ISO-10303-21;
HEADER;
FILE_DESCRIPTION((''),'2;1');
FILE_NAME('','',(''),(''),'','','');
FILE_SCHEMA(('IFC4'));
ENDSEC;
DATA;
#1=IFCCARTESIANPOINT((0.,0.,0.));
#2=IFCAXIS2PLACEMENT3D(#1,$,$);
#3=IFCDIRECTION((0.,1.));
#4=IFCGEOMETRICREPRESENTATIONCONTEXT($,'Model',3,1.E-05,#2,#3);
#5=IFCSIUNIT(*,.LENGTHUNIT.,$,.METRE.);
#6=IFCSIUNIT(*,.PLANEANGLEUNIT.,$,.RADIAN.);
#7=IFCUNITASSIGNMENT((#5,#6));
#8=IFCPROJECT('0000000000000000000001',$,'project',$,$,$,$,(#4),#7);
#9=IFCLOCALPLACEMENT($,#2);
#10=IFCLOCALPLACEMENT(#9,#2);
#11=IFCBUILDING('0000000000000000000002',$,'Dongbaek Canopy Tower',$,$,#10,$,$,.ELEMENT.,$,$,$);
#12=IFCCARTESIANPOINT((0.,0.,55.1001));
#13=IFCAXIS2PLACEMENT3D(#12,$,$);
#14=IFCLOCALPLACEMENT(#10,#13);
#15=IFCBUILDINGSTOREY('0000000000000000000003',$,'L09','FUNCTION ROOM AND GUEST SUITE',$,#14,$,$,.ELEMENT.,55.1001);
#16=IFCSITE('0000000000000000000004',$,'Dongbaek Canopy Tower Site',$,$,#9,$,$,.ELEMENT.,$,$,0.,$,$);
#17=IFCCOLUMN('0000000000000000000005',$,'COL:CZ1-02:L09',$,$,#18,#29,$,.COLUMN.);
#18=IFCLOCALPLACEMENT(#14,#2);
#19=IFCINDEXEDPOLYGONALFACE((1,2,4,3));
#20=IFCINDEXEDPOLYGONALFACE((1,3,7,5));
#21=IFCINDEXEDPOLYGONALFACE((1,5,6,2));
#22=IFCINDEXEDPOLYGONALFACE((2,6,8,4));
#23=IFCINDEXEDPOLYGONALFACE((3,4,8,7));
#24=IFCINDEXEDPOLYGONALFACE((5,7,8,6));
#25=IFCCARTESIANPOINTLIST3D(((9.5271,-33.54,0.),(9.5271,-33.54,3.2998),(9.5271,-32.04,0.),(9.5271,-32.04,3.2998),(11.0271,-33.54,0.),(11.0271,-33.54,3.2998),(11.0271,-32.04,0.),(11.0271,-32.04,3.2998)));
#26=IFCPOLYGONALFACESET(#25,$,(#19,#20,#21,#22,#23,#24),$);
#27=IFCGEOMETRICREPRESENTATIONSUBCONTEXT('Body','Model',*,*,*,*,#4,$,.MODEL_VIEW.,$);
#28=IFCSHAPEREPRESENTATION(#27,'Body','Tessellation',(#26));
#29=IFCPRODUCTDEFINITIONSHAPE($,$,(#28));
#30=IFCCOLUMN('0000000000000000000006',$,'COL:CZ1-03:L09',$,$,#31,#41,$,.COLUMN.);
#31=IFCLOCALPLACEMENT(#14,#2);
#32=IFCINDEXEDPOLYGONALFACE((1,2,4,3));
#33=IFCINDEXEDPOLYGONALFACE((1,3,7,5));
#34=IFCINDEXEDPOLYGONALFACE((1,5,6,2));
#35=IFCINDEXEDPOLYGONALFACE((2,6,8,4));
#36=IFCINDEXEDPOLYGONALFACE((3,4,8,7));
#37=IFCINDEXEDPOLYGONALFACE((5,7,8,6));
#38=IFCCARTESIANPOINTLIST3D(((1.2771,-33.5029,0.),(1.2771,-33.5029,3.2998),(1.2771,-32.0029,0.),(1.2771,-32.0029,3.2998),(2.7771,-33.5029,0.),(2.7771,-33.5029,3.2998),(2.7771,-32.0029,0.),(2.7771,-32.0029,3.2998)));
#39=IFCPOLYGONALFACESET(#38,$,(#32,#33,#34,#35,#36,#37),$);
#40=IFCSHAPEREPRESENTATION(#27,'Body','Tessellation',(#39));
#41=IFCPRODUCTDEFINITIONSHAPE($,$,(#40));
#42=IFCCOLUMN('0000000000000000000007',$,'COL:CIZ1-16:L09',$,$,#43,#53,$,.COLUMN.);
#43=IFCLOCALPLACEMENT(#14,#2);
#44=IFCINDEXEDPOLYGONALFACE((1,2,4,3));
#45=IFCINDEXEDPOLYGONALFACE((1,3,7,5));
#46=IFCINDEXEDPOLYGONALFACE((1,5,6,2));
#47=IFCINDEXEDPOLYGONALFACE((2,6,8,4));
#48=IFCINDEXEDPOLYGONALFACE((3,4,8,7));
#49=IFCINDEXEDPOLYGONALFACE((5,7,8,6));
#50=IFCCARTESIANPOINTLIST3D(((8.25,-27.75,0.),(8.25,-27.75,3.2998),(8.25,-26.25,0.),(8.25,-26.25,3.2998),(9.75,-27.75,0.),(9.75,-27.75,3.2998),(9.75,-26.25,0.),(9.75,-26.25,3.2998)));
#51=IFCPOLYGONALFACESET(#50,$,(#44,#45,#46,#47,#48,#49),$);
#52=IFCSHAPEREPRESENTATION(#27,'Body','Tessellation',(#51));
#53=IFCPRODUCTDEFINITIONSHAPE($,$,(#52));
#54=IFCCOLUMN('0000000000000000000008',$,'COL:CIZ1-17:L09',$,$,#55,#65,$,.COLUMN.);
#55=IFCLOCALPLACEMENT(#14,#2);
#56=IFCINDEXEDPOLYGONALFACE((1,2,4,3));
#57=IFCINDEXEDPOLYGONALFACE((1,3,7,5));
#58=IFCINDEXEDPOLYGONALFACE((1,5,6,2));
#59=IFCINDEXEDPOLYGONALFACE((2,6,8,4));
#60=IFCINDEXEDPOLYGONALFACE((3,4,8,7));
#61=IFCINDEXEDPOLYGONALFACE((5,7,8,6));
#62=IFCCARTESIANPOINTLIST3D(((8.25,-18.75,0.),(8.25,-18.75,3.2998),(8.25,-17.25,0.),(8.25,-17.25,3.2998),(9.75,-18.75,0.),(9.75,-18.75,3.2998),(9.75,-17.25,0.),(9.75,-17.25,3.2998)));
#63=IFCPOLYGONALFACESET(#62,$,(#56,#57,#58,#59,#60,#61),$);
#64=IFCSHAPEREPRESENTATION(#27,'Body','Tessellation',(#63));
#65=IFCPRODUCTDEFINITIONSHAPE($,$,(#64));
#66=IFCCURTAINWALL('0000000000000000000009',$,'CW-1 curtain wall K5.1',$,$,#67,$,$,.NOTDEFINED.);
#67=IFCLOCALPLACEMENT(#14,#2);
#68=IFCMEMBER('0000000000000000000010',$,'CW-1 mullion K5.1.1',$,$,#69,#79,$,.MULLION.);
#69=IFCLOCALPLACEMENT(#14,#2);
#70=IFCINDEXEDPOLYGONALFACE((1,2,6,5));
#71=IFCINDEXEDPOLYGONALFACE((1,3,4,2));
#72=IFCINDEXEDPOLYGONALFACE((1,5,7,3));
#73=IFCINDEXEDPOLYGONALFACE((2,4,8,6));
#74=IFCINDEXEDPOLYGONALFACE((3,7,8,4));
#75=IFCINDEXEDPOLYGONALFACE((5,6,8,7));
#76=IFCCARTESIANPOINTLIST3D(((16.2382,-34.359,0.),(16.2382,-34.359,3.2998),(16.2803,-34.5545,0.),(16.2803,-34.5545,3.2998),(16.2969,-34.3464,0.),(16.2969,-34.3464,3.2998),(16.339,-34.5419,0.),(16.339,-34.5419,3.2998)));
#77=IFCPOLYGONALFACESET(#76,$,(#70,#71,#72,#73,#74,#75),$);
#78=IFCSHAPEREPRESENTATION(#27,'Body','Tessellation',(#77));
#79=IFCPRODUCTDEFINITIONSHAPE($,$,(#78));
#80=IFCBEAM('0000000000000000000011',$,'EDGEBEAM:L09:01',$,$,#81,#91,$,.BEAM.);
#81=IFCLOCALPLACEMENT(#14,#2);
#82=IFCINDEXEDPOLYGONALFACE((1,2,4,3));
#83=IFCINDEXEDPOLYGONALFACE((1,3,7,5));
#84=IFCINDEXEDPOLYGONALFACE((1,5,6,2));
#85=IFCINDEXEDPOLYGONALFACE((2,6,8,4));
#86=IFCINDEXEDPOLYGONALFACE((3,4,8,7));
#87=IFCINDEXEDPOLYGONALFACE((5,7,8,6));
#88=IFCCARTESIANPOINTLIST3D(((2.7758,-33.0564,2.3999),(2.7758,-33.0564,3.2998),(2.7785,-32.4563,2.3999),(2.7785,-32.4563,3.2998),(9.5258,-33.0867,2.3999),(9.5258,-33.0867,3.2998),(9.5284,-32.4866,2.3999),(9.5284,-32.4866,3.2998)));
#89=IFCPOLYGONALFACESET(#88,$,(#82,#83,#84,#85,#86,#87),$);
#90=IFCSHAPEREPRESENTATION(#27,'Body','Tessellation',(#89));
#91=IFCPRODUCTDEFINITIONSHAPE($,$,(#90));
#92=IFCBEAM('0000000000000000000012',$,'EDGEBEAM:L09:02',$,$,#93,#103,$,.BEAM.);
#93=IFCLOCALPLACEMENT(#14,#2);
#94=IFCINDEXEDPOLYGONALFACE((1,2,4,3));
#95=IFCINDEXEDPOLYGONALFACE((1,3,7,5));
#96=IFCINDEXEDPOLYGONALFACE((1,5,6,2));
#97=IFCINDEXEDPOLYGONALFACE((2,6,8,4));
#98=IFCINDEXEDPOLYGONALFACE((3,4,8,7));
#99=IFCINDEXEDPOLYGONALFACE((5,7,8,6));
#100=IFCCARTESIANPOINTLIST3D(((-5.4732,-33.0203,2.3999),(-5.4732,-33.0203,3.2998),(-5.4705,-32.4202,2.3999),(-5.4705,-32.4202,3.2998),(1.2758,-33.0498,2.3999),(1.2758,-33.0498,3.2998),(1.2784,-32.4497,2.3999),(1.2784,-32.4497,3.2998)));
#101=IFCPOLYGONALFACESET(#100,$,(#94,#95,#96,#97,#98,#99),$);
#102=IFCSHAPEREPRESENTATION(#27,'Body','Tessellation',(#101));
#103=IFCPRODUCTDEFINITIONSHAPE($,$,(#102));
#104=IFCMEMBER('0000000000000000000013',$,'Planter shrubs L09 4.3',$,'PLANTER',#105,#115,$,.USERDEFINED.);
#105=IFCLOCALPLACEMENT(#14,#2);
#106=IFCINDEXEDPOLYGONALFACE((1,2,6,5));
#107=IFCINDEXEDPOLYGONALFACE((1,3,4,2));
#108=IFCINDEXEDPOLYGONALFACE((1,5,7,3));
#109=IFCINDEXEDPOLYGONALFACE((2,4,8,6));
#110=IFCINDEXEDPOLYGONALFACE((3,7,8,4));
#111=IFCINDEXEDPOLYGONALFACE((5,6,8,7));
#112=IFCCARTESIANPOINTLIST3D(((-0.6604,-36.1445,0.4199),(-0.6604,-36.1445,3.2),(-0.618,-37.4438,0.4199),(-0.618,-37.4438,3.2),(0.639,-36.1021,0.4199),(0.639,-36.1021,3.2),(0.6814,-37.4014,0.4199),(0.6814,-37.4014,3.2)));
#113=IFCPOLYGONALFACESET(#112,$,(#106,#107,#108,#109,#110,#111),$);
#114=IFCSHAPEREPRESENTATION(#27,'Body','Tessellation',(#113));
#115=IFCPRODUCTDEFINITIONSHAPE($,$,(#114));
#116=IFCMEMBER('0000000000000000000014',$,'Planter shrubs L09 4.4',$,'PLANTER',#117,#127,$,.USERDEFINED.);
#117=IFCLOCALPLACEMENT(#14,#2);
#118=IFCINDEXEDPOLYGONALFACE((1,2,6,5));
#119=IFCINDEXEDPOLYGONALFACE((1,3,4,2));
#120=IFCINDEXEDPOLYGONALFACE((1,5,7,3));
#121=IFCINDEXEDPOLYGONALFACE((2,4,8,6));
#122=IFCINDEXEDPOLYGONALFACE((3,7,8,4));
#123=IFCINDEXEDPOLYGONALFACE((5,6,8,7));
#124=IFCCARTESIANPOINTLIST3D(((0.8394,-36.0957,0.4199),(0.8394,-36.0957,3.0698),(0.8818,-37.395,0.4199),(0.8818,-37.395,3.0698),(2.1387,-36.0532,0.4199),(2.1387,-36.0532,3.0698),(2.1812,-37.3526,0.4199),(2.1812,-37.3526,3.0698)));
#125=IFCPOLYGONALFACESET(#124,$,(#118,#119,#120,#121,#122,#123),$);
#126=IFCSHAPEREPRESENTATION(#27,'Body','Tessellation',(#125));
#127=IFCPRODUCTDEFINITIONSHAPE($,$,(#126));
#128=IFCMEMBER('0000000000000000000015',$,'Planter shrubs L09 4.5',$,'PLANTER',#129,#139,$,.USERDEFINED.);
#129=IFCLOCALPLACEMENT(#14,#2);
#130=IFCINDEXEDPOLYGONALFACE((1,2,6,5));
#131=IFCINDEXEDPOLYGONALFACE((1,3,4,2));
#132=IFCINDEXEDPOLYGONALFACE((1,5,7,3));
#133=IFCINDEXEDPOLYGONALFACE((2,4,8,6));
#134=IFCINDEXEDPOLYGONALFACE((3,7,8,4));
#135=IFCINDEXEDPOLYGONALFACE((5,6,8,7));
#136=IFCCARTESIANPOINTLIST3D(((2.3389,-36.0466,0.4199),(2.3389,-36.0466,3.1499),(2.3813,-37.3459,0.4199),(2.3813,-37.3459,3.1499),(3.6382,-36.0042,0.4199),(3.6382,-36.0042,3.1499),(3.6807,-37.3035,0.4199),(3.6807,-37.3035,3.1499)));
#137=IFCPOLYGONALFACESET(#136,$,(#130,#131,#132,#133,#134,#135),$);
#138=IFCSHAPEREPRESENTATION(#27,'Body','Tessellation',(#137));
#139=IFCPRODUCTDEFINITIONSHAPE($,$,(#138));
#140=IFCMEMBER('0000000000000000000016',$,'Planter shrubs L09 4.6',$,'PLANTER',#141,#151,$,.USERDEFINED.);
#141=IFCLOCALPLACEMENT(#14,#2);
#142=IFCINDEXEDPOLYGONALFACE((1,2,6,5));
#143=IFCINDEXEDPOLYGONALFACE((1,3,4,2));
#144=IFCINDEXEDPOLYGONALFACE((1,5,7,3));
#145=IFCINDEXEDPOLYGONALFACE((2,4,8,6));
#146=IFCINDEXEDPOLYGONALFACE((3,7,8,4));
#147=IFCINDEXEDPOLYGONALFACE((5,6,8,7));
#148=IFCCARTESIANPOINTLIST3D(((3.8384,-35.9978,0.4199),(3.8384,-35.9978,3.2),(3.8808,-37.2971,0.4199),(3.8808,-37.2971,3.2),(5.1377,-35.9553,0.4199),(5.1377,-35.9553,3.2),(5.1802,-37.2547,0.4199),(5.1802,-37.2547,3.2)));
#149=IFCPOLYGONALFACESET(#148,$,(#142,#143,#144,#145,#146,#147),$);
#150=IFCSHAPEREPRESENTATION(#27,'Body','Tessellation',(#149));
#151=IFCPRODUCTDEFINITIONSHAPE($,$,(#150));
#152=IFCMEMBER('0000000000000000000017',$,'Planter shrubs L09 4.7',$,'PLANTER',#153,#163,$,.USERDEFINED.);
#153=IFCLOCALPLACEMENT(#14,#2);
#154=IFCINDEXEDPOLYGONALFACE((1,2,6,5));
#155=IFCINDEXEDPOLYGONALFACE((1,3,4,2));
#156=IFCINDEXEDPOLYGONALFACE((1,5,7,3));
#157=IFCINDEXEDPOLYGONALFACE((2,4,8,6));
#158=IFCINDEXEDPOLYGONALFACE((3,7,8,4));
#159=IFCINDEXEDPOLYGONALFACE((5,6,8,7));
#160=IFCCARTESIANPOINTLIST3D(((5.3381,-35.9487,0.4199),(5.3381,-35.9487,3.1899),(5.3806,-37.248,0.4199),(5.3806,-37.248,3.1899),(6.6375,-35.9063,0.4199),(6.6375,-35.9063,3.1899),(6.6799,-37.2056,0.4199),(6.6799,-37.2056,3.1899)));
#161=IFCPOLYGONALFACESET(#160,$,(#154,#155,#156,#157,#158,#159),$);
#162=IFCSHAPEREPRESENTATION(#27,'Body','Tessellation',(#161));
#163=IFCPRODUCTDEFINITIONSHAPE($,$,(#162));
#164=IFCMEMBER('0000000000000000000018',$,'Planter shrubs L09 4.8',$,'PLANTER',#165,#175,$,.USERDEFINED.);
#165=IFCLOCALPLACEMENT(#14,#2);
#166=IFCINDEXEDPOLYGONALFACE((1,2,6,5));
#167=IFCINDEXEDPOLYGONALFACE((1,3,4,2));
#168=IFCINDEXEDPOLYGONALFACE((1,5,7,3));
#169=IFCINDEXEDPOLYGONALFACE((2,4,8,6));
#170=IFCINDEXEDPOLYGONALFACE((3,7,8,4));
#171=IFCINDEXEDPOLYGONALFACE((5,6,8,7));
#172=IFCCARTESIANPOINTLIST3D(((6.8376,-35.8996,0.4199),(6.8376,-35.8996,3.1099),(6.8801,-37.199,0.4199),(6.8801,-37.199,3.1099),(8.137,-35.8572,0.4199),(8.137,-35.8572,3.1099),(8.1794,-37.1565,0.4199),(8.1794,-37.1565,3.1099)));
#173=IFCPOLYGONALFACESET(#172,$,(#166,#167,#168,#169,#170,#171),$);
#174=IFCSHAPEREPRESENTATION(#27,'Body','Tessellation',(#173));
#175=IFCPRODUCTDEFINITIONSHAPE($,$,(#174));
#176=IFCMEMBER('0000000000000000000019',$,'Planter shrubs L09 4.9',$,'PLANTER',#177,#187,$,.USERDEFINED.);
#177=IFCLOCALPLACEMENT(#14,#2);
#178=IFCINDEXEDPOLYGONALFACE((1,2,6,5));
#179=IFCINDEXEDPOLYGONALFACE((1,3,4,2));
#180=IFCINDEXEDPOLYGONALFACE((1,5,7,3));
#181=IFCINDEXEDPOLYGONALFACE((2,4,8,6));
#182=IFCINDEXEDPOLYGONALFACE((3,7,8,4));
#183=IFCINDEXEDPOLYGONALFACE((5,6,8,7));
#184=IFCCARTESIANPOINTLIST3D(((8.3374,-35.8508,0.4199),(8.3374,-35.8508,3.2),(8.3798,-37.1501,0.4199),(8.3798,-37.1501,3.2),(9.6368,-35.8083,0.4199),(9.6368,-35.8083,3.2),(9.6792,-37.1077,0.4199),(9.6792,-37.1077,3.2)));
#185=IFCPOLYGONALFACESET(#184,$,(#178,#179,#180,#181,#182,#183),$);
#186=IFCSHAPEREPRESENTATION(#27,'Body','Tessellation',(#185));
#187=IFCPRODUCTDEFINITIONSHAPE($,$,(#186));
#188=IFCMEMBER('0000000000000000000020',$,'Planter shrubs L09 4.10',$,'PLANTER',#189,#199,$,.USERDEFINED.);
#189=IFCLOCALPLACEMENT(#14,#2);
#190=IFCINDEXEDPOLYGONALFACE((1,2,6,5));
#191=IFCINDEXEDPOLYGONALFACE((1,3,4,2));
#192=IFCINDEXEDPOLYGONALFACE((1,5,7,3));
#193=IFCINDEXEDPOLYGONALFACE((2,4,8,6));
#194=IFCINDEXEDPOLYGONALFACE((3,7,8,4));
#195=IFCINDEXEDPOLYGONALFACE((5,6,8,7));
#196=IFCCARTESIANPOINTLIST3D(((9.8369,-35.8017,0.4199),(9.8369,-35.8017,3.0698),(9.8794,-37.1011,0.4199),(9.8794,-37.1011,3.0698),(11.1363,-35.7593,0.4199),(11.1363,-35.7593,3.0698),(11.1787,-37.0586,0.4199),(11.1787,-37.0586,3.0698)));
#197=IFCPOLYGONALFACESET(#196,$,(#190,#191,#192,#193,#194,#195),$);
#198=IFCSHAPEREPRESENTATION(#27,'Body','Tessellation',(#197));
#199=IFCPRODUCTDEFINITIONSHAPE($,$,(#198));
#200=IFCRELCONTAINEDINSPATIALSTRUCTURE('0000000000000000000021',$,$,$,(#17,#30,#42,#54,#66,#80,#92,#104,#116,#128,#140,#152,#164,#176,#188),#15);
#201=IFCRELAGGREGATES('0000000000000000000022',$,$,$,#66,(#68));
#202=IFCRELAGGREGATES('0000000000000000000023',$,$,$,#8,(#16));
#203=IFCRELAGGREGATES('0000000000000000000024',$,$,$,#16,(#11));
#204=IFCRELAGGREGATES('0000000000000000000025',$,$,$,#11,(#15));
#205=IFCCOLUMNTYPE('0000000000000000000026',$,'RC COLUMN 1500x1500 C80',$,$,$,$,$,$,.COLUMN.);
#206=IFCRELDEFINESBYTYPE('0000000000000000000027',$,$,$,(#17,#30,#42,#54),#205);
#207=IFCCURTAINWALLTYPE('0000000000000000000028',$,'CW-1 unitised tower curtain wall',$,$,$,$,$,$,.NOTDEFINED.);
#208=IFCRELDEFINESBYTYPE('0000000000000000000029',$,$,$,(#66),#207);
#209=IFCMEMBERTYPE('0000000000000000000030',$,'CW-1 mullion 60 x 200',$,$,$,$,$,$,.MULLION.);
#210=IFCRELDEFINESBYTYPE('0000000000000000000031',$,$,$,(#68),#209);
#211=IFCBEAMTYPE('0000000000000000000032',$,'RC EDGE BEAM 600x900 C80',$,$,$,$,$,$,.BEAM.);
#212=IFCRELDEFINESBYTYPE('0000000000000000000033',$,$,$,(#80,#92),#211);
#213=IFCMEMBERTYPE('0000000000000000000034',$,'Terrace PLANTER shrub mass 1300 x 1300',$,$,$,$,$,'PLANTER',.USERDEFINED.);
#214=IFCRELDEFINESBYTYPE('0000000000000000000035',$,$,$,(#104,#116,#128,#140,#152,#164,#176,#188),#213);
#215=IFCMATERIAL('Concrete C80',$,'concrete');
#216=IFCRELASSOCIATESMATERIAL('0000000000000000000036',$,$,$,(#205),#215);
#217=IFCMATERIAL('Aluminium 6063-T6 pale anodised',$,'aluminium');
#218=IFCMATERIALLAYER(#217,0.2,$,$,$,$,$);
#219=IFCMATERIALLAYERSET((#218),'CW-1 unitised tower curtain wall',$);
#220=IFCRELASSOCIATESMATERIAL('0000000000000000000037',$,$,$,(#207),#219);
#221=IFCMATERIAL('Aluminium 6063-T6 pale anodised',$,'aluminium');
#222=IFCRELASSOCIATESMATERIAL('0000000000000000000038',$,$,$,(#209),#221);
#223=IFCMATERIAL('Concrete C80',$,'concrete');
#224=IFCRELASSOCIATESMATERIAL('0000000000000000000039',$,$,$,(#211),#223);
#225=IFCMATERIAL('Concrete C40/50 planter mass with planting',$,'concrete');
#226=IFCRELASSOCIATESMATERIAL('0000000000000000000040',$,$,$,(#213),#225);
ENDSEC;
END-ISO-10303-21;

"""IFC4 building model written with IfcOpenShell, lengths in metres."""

from ifc_helpers import new_model, si_unit, direction, frame, origin, origin_2d, place, context, subcontext, project, spatial, rectangle, extrude, material, layer, layer_set, material_profile, profile_set, type_object, element, aggregate, save


model = new_model("IFC4")

# Units and contexts
model_context = context("Model", 3, precision=1e-05, world=origin(), true_north=direction((0.0, 1.0)))
body_context = subcontext(model_context, "Body", "Model", "MODEL_VIEW")
ifc_project = project(units=[si_unit("LENGTHUNIT", "METRE"), si_unit("PLANEANGLEUNIT", "RADIAN")], contexts=[model_context])

# Site, building, storey
site_placement = place(None, origin())
site = spatial("IfcSite", under=ifc_project, at=site_placement, Name="Dongbaek Canopy Tower Site", CompositionType="ELEMENT", RefElevation=0.0)
building_placement = place(site_placement, origin())
building = spatial("IfcBuilding", under=site, at=building_placement, Name="Dongbaek Canopy Tower", CompositionType="ELEMENT")
storey_placement = place(building_placement, frame((0.0, 0.0, 55.1001)))
storey = spatial("IfcBuildingStorey", under=building, at=storey_placement, Name="L09", Description="FUNCTION ROOM AND GUEST SUITE", CompositionType="ELEMENT", Elevation=55.1001)

# Columns
ifc_material_1 = material(Name="Concrete C80", Category="concrete")
ifc_material_profile_1 = material_profile(ifc_material_1, rectangle(XDim=1.5, YDim=1.5, at=origin_2d()), Name="RC COLUMN 1500x1500 C80")
ifc_profile_set_1 = profile_set([ifc_material_profile_1], Name="Concrete C80")
column_type = type_object("IfcColumnType", Name="RC COLUMN 1500x1500 C80", PredefinedType="COLUMN", material=ifc_profile_set_1)
for number, where, z_axis, x_axis, name in (
    (1, (10.2771, -32.79, 0.0), (0.0, 0.0, 1.0), (1.0, 0.0, 0.0), "COL:CZ1-02:L09"),
    (2, (2.0271, -32.7529, 0.0), (0.0, 0.0, 1.0), (1.0, 0.0, 0.0), "COL:CZ1-03:L09"),
    (3, (9.0, -27.0, 0.0), (0.0, 0.0, 1.0), (1.0, 0.0, 0.0), "COL:CIZ1-16:L09"),
    (4, (9.0, -18.0, 0.0), (0.0, 0.0, 1.0), (1.0, 0.0, 0.0), "COL:CIZ1-17:L09"),
):
    element("IfcColumn", number, at=place(storey_placement, frame(where, z_axis=z_axis, x_axis=x_axis)), inside=storey, type_object=column_type, Name=name, PredefinedType="COLUMN", context=body_context, shape_type="SweptSolid", body=[
        extrude(rectangle(XDim=1.5, YDim=1.5, at=origin_2d()), origin(), (0.0, 0.0, 1.0), 3.2998),
    ])

# Curtain wall, member
ifc_material_2 = material(Name="Aluminium 6063-T6 pale anodised", Category="aluminium")
ifc_layer_1 = layer(ifc_material_2, 0.2)
ifc_layer_set_1 = layer_set([ifc_layer_1], Name="CW-1 unitised tower curtain wall")
curtain_wall_type = type_object("IfcCurtainWallType", Name="CW-1 unitised tower curtain wall", PredefinedType="NOTDEFINED", material=ifc_layer_set_1)
curtain_wall_placement = place(storey_placement, origin())
curtain_wall = element("IfcCurtainWall", 5, at=curtain_wall_placement, inside=storey, type_object=curtain_wall_type, Name="CW-1 curtain wall K5.1", PredefinedType="NOTDEFINED")
ifc_material_3 = material(Name="Aluminium 6063-T6 pale anodised", Category="aluminium")
ifc_material_profile_2 = material_profile(ifc_material_3, rectangle(XDim=0.2, YDim=0.0601, at=origin_2d()), Name="CW-1 mullion 60 x 200")
ifc_profile_set_2 = profile_set([ifc_material_profile_2], Name="Aluminium 6063-T6 pale anodised")
member_type_1 = type_object("IfcMemberType", Name="CW-1 mullion 60 x 200", PredefinedType="MULLION", material=ifc_profile_set_2)
member_1_placement = place(storey_placement, frame((16.2886, -34.4504, 0.0), z_axis=(0.0, 0.0, 1.0), x_axis=(0.210435, -0.977608, 0.0)))
member_1 = element("IfcMember", 6, at=member_1_placement, type_object=member_type_1, Name="CW-1 mullion K5.1.1", PredefinedType="MULLION", context=body_context, shape_type="SweptSolid", body=[
    extrude(rectangle(XDim=0.2, YDim=0.0601, at=origin_2d()), origin(), (0.0, 0.0, 1.0), 3.2998),
])
aggregate(curtain_wall, [member_1])

# Beams
ifc_material_4 = material(Name="Concrete C80", Category="concrete")
ifc_material_profile_3 = material_profile(ifc_material_4, rectangle(XDim=0.6001, YDim=0.8999, at=origin_2d()), Name="RC EDGE BEAM 600x900 C80")
ifc_profile_set_3 = profile_set([ifc_material_profile_3], Name="Concrete C80")
beam_type = type_object("IfcBeamType", Name="RC EDGE BEAM 600x900 C80", PredefinedType="BEAM", material=ifc_profile_set_3)
beam_1_placement = place(storey_placement, frame((9.5271, -32.7866, 2.8499), z_axis=(-0.99999, 0.004485, 0.0), x_axis=(-0.004485, -0.99999, 0.0)))
element("IfcBeam", 7, at=beam_1_placement, inside=storey, type_object=beam_type, Name="EDGEBEAM:L09:01", PredefinedType="BEAM", context=body_context, shape_type="SweptSolid", body=[
    extrude(rectangle(XDim=0.6001, YDim=0.8999, at=origin_2d()), origin(), (0.0, 0.0, 1.0), 6.75),
])
beam_2_placement = place(storey_placement, frame((1.2771, -32.7498, 2.8499), z_axis=(-0.99999, 0.004377, 0.0), x_axis=(-0.004377, -0.99999, 0.0)))
element("IfcBeam", 8, at=beam_2_placement, inside=storey, type_object=beam_type, Name="EDGEBEAM:L09:02", PredefinedType="BEAM", context=body_context, shape_type="SweptSolid", body=[
    extrude(rectangle(XDim=0.6001, YDim=0.8999, at=origin_2d()), origin(), (0.0, 0.0, 1.0), 6.749),
])

# Members
ifc_material_5 = material(Name="Concrete C40/50 planter mass with planting", Category="concrete")
ifc_material_profile_4 = material_profile(ifc_material_5, rectangle(XDim=1.3, YDim=1.3, at=origin_2d()), Name="Terrace PLANTER shrub mass 1300 x 1300")
ifc_profile_set_4 = profile_set([ifc_material_profile_4], Name="Concrete C40/50 planter mass with planting")
member_type_2 = type_object("IfcMemberType", Name="Terrace PLANTER shrub mass 1300 x 1300", ElementType="PLANTER", PredefinedType="USERDEFINED", material=ifc_profile_set_4)
member_2_placement = place(storey_placement, frame((0.0105, -36.7729, 0.4199), z_axis=(0.0, 0.0, 1.0), x_axis=(0.032646, -0.999467, 0.0)))
element("IfcMember", 9, at=member_2_placement, inside=storey, type_object=member_type_2, Name="Planter shrubs L09 4.3", ObjectType="PLANTER", PredefinedType="USERDEFINED", context=body_context, shape_type="SweptSolid", body=[
    extrude(rectangle(XDim=1.3, YDim=1.3, at=origin_2d()), origin(), (0.0, 0.0, 1.0), 2.78),
])
member_3_placement = place(storey_placement, frame((1.5103, -36.7241, 0.4199), z_axis=(0.0, 0.0, 1.0), x_axis=(0.032646, -0.999467, 0.0)))
element("IfcMember", 10, at=member_3_placement, inside=storey, type_object=member_type_2, Name="Planter shrubs L09 4.4", ObjectType="PLANTER", PredefinedType="USERDEFINED", context=body_context, shape_type="SweptSolid", body=[
    extrude(rectangle(XDim=1.3, YDim=1.3, at=origin_2d()), origin(), (0.0, 0.0, 1.0), 2.6499),
])
member_4_placement = place(storey_placement, frame((3.0098, -36.675, 0.4199), z_axis=(0.0, 0.0, 1.0), x_axis=(0.032646, -0.999467, 0.0)))
element("IfcMember", 11, at=member_4_placement, inside=storey, type_object=member_type_2, Name="Planter shrubs L09 4.5", ObjectType="PLANTER", PredefinedType="USERDEFINED", context=body_context, shape_type="SweptSolid", body=[
    extrude(rectangle(XDim=1.3, YDim=1.3, at=origin_2d()), origin(), (0.0, 0.0, 1.0), 2.73),
])
member_5_placement = place(storey_placement, frame((4.5093, -36.6262, 0.4199), z_axis=(0.0, 0.0, 1.0), x_axis=(0.032646, -0.999467, 0.0)))
element("IfcMember", 12, at=member_5_placement, inside=storey, type_object=member_type_2, Name="Planter shrubs L09 4.6", ObjectType="PLANTER", PredefinedType="USERDEFINED", context=body_context, shape_type="SweptSolid", body=[
    extrude(rectangle(XDim=1.3, YDim=1.3, at=origin_2d()), origin(), (0.0, 0.0, 1.0), 2.78),
])
member_6_placement = place(storey_placement, frame((6.009, -36.5771, 0.4199), z_axis=(0.0, 0.0, 1.0), x_axis=(0.032646, -0.999467, 0.0)))
element("IfcMember", 13, at=member_6_placement, inside=storey, type_object=member_type_2, Name="Planter shrubs L09 4.7", ObjectType="PLANTER", PredefinedType="USERDEFINED", context=body_context, shape_type="SweptSolid", body=[
    extrude(rectangle(XDim=1.3, YDim=1.3, at=origin_2d()), origin(), (0.0, 0.0, 1.0), 2.77),
])
member_7_placement = place(storey_placement, frame((7.5085, -36.5281, 0.4199), z_axis=(0.0, 0.0, 1.0), x_axis=(0.032646, -0.999467, 0.0)))
element("IfcMember", 14, at=member_7_placement, inside=storey, type_object=member_type_2, Name="Planter shrubs L09 4.8", ObjectType="PLANTER", PredefinedType="USERDEFINED", context=body_context, shape_type="SweptSolid", body=[
    extrude(rectangle(XDim=1.3, YDim=1.3, at=origin_2d()), origin(), (0.0, 0.0, 1.0), 2.6899),
])
member_8_placement = place(storey_placement, frame((9.0083, -36.4792, 0.4199), z_axis=(0.0, 0.0, 1.0), x_axis=(0.032646, -0.999467, 0.0)))
element("IfcMember", 15, at=member_8_placement, inside=storey, type_object=member_type_2, Name="Planter shrubs L09 4.9", ObjectType="PLANTER", PredefinedType="USERDEFINED", context=body_context, shape_type="SweptSolid", body=[
    extrude(rectangle(XDim=1.3, YDim=1.3, at=origin_2d()), origin(), (0.0, 0.0, 1.0), 2.78),
])
member_9_placement = place(storey_placement, frame((10.5078, -36.4302, 0.4199), z_axis=(0.0, 0.0, 1.0), x_axis=(0.032646, -0.999467, 0.0)))
element("IfcMember", 16, at=member_9_placement, inside=storey, type_object=member_type_2, Name="Planter shrubs L09 4.10", ObjectType="PLANTER", PredefinedType="USERDEFINED", context=body_context, shape_type="SweptSolid", body=[
    extrude(rectangle(XDim=1.3, YDim=1.3, at=origin_2d()), origin(), (0.0, 0.0, 1.0), 2.6499),
])

save(model, "model.ifc")
